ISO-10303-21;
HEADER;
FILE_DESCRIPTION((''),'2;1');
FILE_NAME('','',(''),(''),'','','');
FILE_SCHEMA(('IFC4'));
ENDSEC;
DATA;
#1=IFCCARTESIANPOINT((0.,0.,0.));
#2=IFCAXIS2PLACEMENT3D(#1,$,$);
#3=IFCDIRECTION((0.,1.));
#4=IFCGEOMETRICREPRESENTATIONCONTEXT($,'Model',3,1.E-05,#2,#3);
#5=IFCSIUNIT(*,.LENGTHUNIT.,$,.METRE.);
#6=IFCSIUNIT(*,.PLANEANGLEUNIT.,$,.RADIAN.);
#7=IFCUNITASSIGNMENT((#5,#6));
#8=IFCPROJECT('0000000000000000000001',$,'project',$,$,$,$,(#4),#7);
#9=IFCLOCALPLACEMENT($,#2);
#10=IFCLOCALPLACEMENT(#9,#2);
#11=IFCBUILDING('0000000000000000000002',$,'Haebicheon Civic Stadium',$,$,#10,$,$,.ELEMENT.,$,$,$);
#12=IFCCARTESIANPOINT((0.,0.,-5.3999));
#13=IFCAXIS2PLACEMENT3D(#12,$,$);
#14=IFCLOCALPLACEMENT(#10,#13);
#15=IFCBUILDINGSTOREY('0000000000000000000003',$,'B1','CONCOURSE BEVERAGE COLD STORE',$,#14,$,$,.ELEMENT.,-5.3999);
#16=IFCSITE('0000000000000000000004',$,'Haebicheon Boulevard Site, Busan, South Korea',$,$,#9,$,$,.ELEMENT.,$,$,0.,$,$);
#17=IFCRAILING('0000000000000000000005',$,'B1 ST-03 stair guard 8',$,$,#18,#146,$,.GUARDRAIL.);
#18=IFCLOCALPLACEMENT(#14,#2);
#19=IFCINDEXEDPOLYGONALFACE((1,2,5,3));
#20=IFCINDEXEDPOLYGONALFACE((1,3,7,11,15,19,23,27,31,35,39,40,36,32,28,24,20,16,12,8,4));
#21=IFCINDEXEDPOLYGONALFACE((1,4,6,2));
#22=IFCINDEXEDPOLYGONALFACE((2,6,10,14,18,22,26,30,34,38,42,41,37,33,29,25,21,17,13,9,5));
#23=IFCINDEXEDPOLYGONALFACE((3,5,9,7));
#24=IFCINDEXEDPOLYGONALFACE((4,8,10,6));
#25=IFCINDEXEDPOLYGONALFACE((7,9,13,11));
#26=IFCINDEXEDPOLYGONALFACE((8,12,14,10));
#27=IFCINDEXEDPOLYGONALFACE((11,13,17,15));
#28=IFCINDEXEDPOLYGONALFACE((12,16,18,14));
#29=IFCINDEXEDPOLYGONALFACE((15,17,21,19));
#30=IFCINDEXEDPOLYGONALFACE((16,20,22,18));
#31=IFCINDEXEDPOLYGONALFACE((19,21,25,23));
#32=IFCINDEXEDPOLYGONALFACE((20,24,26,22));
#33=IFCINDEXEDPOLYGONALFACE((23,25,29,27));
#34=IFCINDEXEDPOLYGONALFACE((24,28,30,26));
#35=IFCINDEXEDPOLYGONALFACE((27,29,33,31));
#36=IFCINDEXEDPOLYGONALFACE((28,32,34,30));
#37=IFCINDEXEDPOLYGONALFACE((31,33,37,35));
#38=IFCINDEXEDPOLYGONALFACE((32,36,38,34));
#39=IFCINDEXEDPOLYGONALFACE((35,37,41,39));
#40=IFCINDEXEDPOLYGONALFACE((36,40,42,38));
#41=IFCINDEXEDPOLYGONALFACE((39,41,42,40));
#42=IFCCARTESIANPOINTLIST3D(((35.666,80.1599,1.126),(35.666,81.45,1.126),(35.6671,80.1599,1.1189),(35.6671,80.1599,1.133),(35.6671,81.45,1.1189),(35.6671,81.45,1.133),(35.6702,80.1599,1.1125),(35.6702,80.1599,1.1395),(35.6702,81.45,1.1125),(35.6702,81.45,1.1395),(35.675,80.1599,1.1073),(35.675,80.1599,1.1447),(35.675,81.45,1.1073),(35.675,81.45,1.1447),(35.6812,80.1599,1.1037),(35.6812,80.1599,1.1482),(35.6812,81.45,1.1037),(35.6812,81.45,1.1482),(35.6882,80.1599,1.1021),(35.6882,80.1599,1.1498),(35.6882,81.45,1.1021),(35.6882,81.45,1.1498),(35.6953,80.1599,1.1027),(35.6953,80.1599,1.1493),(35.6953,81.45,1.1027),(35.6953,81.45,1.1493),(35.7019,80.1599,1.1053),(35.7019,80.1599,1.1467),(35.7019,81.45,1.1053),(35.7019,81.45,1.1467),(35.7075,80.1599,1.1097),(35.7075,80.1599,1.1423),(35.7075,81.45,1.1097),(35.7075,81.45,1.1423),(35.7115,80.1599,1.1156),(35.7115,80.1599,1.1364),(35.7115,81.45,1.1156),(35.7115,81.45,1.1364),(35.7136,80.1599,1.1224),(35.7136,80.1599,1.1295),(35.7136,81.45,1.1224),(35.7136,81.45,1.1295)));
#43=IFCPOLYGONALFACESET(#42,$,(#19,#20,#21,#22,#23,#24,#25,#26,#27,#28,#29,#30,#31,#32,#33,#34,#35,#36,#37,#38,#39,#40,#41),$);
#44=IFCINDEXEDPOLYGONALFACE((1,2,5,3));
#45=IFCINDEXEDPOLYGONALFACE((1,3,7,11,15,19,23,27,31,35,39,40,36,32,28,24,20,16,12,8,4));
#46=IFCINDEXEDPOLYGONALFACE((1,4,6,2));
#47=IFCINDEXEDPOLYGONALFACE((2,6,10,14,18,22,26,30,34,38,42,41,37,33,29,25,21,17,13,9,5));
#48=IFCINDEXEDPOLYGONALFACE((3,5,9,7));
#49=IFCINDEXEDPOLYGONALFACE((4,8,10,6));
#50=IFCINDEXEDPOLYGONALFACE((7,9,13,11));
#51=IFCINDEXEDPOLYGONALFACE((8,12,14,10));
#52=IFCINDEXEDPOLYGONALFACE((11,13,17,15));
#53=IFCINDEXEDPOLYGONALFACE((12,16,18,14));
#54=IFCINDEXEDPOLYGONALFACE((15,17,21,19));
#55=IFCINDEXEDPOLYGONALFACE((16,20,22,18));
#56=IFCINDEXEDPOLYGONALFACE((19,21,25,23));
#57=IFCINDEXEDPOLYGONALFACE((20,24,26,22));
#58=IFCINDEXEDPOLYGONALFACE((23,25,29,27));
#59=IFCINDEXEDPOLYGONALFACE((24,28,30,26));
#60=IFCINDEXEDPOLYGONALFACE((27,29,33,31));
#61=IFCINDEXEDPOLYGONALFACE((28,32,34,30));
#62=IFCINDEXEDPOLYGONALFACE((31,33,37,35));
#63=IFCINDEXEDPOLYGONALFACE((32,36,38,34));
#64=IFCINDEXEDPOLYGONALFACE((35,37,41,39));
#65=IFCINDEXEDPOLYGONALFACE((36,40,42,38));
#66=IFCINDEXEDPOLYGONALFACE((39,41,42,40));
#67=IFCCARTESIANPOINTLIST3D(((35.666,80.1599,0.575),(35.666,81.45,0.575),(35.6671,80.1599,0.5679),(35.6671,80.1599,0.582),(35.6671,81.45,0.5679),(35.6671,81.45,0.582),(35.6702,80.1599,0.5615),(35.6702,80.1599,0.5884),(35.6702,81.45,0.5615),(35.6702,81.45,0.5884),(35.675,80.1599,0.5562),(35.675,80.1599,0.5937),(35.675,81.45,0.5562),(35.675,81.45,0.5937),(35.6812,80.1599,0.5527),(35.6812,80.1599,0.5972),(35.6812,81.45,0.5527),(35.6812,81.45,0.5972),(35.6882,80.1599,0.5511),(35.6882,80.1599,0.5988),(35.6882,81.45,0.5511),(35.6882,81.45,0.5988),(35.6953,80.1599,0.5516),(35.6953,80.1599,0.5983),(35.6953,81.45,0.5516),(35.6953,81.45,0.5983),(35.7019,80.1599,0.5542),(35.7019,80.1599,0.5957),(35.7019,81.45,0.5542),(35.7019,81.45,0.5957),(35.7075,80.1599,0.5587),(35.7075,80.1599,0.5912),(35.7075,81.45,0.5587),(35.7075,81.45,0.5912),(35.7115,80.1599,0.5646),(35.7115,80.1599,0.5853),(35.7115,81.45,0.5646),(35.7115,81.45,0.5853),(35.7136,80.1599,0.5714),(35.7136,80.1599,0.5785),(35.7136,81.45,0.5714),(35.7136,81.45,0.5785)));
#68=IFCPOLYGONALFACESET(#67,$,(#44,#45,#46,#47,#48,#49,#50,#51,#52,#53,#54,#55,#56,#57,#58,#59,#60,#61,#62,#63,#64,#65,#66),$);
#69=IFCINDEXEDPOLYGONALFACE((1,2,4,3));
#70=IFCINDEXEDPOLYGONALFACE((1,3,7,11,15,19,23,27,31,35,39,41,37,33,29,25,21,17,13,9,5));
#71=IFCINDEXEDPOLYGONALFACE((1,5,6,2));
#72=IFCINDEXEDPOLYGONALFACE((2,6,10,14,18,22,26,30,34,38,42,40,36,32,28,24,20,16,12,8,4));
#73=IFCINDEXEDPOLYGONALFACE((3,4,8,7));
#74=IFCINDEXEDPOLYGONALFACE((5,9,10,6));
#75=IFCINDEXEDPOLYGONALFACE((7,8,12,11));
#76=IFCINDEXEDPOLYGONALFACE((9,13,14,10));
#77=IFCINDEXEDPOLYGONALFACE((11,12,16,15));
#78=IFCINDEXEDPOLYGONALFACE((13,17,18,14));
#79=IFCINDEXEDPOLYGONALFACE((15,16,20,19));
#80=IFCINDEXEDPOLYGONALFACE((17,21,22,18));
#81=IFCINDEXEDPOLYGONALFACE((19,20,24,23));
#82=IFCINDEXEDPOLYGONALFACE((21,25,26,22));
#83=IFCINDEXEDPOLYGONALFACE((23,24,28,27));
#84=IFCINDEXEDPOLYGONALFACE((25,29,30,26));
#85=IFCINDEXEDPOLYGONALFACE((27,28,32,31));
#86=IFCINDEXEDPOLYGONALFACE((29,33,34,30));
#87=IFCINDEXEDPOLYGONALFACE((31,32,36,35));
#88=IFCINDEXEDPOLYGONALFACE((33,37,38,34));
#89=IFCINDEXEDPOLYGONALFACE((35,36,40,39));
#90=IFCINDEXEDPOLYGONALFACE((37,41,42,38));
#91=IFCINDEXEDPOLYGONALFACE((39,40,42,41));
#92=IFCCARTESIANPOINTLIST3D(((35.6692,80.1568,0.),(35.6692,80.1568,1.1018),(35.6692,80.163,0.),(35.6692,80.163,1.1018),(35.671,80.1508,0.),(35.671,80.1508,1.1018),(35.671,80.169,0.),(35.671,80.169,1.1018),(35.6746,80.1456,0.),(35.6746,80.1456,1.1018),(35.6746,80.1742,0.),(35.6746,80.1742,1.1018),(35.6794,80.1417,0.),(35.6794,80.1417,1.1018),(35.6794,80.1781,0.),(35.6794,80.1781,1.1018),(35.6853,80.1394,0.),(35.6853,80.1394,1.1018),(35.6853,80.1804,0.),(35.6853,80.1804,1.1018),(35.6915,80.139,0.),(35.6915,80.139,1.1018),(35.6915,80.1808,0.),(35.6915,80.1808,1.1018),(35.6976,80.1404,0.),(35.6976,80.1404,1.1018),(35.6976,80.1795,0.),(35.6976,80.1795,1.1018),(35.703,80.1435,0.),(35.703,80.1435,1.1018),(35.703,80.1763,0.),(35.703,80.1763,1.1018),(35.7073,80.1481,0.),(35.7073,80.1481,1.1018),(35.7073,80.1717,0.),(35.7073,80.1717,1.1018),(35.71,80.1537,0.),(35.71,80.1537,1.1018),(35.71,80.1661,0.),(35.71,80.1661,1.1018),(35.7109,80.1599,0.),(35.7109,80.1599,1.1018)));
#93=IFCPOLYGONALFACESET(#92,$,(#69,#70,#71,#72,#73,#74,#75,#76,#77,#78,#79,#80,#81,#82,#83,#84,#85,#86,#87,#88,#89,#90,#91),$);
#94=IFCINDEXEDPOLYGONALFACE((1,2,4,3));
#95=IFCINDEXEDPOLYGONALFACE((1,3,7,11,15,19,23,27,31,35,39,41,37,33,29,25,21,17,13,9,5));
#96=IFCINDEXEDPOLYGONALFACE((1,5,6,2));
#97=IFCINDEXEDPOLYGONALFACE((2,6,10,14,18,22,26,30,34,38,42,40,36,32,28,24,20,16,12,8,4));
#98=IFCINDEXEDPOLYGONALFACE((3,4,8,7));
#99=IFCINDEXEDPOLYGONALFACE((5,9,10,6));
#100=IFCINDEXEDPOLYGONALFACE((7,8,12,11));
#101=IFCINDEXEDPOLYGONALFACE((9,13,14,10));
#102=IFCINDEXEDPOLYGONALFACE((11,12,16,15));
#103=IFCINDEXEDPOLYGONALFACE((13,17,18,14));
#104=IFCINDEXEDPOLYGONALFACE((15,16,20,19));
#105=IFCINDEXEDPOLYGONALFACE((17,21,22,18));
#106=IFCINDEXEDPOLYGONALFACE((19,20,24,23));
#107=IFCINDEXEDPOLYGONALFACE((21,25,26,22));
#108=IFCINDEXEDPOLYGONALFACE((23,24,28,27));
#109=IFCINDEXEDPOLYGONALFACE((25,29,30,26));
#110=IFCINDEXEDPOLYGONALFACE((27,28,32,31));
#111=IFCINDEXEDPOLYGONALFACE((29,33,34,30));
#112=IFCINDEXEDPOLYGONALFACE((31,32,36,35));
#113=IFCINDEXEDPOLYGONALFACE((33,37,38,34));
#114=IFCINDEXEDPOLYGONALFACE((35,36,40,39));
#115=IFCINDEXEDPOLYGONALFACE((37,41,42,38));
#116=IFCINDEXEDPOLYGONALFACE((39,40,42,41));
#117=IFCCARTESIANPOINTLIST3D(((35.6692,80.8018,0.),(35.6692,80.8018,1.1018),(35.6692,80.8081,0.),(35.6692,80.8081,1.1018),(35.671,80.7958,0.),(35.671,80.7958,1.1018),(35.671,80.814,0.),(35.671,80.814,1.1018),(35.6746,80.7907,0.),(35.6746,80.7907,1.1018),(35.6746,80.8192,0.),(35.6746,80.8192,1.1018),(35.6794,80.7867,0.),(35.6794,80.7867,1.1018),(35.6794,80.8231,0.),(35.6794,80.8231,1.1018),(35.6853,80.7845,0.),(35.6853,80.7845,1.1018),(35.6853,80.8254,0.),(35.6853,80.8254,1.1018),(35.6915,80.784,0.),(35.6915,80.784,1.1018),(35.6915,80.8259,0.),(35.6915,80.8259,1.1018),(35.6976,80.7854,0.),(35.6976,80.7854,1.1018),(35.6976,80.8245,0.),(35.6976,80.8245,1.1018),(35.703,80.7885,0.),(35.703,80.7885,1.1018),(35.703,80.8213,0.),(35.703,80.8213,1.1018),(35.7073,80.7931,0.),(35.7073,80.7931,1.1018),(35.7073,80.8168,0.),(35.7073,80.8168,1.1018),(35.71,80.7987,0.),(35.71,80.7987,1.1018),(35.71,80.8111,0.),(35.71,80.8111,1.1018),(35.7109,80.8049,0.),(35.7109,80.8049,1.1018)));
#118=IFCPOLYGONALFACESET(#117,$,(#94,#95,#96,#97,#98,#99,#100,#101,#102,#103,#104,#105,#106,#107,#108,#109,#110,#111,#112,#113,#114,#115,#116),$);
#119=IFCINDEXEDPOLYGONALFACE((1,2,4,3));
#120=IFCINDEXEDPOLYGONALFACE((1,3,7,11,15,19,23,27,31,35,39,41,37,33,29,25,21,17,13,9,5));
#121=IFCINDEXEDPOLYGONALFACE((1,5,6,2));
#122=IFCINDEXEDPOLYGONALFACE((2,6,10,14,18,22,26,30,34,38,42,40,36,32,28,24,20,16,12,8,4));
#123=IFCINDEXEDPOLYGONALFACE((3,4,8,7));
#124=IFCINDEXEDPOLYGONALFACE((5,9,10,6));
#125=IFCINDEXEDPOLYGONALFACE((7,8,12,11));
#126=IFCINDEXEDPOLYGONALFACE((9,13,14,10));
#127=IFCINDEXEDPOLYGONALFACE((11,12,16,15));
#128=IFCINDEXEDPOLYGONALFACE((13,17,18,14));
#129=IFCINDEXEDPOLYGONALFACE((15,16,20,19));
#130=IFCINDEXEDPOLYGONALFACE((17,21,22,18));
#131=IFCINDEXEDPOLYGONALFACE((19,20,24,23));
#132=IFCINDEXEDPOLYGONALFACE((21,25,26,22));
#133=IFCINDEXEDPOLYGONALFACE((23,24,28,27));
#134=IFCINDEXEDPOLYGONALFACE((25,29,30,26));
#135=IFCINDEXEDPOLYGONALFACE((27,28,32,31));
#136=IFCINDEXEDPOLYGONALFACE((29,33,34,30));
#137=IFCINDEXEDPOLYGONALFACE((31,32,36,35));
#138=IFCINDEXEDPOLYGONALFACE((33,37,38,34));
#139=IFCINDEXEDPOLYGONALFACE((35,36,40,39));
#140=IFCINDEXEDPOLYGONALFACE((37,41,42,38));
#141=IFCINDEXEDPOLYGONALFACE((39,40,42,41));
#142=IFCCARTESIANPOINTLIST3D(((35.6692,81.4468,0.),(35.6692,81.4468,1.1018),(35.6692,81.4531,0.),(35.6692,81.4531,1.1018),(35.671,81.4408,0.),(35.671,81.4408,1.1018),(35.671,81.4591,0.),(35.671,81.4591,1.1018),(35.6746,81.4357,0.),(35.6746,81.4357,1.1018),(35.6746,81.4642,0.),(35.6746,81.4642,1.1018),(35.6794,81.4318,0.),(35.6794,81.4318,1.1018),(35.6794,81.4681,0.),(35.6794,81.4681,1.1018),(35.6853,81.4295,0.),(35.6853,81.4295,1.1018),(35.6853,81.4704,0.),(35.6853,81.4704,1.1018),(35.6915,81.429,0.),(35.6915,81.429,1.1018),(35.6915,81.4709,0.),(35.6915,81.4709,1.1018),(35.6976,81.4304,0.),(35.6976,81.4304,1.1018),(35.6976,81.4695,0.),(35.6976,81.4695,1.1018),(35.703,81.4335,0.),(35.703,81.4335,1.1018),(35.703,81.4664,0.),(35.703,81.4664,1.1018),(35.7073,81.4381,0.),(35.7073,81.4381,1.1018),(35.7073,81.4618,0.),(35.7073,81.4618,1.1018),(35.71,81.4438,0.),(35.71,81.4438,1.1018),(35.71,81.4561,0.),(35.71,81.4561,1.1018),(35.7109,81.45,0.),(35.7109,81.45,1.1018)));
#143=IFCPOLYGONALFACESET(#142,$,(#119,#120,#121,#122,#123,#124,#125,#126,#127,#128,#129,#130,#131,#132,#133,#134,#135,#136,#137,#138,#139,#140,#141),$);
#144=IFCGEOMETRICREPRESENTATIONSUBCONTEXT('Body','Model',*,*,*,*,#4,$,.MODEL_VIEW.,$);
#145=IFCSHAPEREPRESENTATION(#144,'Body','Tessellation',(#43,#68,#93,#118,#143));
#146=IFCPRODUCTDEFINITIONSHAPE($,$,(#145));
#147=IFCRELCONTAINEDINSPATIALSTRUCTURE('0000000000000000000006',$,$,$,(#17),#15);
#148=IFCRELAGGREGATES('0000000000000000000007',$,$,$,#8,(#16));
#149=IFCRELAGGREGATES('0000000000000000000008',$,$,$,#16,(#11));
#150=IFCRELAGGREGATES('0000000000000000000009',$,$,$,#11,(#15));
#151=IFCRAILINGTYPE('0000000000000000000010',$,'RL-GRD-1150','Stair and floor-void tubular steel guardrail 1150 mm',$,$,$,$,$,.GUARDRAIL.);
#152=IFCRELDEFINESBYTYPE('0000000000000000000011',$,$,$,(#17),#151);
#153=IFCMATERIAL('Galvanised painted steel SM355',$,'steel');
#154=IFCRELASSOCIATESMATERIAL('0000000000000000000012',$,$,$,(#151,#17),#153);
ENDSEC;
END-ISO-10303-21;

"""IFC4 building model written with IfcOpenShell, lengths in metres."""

from ifc_helpers import new_model, si_unit, direction, frame, origin, origin_2d, place, context, subcontext, project, spatial, circle, extrude, material, type_object, element, save


model = new_model("IFC4")

# Units and contexts
model_context = context("Model", 3, precision=1e-05, world=origin(), true_north=direction((0.0, 1.0)))
body_context = subcontext(model_context, "Body", "Model", "MODEL_VIEW")
ifc_project = project(units=[si_unit("LENGTHUNIT", "METRE"), si_unit("PLANEANGLEUNIT", "RADIAN")], contexts=[model_context])

# Site, building, storey
site_placement = place(None, origin())
site = spatial("IfcSite", under=ifc_project, at=site_placement, Name="Haebicheon Boulevard Site, Busan, South Korea", CompositionType="ELEMENT", RefElevation=0.0)
building_placement = place(site_placement, origin())
building = spatial("IfcBuilding", under=site, at=building_placement, Name="Haebicheon Civic Stadium", CompositionType="ELEMENT")
storey_placement = place(building_placement, frame((0.0, 0.0, -5.3999)))
storey = spatial("IfcBuildingStorey", under=building, at=storey_placement, Name="B1", Description="CONCOURSE BEVERAGE COLD STORE", CompositionType="ELEMENT", Elevation=-5.3999)

# Railing
ifc_material_1 = material(Name="Galvanised painted steel SM355", Category="steel")
railing_type_1 = type_object("IfcRailingType", Name="RL-GRD-1150", Description="Stair and floor-void tubular steel guardrail 1150 mm", PredefinedType="GUARDRAIL", material=ifc_material_1)
railing_1_placement = place(storey_placement, frame((35.6899, 80.1599, 0.0)))
element("IfcRailing", 1, at=railing_1_placement, inside=storey, type_object=railing_type_1, material=ifc_material_1, Name="B1 ST-03 stair guard 8", PredefinedType="GUARDRAIL", context=body_context, shape_type="SweptSolid", body=[
    extrude(circle(Radius=0.0239, at=origin_2d()), frame((0.0, 0.0, 1.126), z_axis=(0.0, 1.0, 0.0), x_axis=(-1.0, 0.0, 0.0)), (0.0, 0.0, 1.0), 1.29),
    extrude(circle(Radius=0.0239, at=origin_2d()), frame((0.0, 0.0, 0.575), z_axis=(0.0, 1.0, 0.0), x_axis=(-1.0, 0.0, 0.0)), (0.0, 0.0, 1.0), 1.29),
    extrude(circle(Radius=0.021, at=origin_2d()), origin(), (0.0, 0.0, 1.0), 1.1018),
    extrude(circle(Radius=0.021, at=origin_2d()), frame((0.0, 0.645, 0.0)), (0.0, 0.0, 1.0), 1.1018),
    extrude(circle(Radius=0.021, at=origin_2d()), frame((0.0, 1.29, 0.0)), (0.0, 0.0, 1.0), 1.1018),
])

save(model, "model.ifc")
